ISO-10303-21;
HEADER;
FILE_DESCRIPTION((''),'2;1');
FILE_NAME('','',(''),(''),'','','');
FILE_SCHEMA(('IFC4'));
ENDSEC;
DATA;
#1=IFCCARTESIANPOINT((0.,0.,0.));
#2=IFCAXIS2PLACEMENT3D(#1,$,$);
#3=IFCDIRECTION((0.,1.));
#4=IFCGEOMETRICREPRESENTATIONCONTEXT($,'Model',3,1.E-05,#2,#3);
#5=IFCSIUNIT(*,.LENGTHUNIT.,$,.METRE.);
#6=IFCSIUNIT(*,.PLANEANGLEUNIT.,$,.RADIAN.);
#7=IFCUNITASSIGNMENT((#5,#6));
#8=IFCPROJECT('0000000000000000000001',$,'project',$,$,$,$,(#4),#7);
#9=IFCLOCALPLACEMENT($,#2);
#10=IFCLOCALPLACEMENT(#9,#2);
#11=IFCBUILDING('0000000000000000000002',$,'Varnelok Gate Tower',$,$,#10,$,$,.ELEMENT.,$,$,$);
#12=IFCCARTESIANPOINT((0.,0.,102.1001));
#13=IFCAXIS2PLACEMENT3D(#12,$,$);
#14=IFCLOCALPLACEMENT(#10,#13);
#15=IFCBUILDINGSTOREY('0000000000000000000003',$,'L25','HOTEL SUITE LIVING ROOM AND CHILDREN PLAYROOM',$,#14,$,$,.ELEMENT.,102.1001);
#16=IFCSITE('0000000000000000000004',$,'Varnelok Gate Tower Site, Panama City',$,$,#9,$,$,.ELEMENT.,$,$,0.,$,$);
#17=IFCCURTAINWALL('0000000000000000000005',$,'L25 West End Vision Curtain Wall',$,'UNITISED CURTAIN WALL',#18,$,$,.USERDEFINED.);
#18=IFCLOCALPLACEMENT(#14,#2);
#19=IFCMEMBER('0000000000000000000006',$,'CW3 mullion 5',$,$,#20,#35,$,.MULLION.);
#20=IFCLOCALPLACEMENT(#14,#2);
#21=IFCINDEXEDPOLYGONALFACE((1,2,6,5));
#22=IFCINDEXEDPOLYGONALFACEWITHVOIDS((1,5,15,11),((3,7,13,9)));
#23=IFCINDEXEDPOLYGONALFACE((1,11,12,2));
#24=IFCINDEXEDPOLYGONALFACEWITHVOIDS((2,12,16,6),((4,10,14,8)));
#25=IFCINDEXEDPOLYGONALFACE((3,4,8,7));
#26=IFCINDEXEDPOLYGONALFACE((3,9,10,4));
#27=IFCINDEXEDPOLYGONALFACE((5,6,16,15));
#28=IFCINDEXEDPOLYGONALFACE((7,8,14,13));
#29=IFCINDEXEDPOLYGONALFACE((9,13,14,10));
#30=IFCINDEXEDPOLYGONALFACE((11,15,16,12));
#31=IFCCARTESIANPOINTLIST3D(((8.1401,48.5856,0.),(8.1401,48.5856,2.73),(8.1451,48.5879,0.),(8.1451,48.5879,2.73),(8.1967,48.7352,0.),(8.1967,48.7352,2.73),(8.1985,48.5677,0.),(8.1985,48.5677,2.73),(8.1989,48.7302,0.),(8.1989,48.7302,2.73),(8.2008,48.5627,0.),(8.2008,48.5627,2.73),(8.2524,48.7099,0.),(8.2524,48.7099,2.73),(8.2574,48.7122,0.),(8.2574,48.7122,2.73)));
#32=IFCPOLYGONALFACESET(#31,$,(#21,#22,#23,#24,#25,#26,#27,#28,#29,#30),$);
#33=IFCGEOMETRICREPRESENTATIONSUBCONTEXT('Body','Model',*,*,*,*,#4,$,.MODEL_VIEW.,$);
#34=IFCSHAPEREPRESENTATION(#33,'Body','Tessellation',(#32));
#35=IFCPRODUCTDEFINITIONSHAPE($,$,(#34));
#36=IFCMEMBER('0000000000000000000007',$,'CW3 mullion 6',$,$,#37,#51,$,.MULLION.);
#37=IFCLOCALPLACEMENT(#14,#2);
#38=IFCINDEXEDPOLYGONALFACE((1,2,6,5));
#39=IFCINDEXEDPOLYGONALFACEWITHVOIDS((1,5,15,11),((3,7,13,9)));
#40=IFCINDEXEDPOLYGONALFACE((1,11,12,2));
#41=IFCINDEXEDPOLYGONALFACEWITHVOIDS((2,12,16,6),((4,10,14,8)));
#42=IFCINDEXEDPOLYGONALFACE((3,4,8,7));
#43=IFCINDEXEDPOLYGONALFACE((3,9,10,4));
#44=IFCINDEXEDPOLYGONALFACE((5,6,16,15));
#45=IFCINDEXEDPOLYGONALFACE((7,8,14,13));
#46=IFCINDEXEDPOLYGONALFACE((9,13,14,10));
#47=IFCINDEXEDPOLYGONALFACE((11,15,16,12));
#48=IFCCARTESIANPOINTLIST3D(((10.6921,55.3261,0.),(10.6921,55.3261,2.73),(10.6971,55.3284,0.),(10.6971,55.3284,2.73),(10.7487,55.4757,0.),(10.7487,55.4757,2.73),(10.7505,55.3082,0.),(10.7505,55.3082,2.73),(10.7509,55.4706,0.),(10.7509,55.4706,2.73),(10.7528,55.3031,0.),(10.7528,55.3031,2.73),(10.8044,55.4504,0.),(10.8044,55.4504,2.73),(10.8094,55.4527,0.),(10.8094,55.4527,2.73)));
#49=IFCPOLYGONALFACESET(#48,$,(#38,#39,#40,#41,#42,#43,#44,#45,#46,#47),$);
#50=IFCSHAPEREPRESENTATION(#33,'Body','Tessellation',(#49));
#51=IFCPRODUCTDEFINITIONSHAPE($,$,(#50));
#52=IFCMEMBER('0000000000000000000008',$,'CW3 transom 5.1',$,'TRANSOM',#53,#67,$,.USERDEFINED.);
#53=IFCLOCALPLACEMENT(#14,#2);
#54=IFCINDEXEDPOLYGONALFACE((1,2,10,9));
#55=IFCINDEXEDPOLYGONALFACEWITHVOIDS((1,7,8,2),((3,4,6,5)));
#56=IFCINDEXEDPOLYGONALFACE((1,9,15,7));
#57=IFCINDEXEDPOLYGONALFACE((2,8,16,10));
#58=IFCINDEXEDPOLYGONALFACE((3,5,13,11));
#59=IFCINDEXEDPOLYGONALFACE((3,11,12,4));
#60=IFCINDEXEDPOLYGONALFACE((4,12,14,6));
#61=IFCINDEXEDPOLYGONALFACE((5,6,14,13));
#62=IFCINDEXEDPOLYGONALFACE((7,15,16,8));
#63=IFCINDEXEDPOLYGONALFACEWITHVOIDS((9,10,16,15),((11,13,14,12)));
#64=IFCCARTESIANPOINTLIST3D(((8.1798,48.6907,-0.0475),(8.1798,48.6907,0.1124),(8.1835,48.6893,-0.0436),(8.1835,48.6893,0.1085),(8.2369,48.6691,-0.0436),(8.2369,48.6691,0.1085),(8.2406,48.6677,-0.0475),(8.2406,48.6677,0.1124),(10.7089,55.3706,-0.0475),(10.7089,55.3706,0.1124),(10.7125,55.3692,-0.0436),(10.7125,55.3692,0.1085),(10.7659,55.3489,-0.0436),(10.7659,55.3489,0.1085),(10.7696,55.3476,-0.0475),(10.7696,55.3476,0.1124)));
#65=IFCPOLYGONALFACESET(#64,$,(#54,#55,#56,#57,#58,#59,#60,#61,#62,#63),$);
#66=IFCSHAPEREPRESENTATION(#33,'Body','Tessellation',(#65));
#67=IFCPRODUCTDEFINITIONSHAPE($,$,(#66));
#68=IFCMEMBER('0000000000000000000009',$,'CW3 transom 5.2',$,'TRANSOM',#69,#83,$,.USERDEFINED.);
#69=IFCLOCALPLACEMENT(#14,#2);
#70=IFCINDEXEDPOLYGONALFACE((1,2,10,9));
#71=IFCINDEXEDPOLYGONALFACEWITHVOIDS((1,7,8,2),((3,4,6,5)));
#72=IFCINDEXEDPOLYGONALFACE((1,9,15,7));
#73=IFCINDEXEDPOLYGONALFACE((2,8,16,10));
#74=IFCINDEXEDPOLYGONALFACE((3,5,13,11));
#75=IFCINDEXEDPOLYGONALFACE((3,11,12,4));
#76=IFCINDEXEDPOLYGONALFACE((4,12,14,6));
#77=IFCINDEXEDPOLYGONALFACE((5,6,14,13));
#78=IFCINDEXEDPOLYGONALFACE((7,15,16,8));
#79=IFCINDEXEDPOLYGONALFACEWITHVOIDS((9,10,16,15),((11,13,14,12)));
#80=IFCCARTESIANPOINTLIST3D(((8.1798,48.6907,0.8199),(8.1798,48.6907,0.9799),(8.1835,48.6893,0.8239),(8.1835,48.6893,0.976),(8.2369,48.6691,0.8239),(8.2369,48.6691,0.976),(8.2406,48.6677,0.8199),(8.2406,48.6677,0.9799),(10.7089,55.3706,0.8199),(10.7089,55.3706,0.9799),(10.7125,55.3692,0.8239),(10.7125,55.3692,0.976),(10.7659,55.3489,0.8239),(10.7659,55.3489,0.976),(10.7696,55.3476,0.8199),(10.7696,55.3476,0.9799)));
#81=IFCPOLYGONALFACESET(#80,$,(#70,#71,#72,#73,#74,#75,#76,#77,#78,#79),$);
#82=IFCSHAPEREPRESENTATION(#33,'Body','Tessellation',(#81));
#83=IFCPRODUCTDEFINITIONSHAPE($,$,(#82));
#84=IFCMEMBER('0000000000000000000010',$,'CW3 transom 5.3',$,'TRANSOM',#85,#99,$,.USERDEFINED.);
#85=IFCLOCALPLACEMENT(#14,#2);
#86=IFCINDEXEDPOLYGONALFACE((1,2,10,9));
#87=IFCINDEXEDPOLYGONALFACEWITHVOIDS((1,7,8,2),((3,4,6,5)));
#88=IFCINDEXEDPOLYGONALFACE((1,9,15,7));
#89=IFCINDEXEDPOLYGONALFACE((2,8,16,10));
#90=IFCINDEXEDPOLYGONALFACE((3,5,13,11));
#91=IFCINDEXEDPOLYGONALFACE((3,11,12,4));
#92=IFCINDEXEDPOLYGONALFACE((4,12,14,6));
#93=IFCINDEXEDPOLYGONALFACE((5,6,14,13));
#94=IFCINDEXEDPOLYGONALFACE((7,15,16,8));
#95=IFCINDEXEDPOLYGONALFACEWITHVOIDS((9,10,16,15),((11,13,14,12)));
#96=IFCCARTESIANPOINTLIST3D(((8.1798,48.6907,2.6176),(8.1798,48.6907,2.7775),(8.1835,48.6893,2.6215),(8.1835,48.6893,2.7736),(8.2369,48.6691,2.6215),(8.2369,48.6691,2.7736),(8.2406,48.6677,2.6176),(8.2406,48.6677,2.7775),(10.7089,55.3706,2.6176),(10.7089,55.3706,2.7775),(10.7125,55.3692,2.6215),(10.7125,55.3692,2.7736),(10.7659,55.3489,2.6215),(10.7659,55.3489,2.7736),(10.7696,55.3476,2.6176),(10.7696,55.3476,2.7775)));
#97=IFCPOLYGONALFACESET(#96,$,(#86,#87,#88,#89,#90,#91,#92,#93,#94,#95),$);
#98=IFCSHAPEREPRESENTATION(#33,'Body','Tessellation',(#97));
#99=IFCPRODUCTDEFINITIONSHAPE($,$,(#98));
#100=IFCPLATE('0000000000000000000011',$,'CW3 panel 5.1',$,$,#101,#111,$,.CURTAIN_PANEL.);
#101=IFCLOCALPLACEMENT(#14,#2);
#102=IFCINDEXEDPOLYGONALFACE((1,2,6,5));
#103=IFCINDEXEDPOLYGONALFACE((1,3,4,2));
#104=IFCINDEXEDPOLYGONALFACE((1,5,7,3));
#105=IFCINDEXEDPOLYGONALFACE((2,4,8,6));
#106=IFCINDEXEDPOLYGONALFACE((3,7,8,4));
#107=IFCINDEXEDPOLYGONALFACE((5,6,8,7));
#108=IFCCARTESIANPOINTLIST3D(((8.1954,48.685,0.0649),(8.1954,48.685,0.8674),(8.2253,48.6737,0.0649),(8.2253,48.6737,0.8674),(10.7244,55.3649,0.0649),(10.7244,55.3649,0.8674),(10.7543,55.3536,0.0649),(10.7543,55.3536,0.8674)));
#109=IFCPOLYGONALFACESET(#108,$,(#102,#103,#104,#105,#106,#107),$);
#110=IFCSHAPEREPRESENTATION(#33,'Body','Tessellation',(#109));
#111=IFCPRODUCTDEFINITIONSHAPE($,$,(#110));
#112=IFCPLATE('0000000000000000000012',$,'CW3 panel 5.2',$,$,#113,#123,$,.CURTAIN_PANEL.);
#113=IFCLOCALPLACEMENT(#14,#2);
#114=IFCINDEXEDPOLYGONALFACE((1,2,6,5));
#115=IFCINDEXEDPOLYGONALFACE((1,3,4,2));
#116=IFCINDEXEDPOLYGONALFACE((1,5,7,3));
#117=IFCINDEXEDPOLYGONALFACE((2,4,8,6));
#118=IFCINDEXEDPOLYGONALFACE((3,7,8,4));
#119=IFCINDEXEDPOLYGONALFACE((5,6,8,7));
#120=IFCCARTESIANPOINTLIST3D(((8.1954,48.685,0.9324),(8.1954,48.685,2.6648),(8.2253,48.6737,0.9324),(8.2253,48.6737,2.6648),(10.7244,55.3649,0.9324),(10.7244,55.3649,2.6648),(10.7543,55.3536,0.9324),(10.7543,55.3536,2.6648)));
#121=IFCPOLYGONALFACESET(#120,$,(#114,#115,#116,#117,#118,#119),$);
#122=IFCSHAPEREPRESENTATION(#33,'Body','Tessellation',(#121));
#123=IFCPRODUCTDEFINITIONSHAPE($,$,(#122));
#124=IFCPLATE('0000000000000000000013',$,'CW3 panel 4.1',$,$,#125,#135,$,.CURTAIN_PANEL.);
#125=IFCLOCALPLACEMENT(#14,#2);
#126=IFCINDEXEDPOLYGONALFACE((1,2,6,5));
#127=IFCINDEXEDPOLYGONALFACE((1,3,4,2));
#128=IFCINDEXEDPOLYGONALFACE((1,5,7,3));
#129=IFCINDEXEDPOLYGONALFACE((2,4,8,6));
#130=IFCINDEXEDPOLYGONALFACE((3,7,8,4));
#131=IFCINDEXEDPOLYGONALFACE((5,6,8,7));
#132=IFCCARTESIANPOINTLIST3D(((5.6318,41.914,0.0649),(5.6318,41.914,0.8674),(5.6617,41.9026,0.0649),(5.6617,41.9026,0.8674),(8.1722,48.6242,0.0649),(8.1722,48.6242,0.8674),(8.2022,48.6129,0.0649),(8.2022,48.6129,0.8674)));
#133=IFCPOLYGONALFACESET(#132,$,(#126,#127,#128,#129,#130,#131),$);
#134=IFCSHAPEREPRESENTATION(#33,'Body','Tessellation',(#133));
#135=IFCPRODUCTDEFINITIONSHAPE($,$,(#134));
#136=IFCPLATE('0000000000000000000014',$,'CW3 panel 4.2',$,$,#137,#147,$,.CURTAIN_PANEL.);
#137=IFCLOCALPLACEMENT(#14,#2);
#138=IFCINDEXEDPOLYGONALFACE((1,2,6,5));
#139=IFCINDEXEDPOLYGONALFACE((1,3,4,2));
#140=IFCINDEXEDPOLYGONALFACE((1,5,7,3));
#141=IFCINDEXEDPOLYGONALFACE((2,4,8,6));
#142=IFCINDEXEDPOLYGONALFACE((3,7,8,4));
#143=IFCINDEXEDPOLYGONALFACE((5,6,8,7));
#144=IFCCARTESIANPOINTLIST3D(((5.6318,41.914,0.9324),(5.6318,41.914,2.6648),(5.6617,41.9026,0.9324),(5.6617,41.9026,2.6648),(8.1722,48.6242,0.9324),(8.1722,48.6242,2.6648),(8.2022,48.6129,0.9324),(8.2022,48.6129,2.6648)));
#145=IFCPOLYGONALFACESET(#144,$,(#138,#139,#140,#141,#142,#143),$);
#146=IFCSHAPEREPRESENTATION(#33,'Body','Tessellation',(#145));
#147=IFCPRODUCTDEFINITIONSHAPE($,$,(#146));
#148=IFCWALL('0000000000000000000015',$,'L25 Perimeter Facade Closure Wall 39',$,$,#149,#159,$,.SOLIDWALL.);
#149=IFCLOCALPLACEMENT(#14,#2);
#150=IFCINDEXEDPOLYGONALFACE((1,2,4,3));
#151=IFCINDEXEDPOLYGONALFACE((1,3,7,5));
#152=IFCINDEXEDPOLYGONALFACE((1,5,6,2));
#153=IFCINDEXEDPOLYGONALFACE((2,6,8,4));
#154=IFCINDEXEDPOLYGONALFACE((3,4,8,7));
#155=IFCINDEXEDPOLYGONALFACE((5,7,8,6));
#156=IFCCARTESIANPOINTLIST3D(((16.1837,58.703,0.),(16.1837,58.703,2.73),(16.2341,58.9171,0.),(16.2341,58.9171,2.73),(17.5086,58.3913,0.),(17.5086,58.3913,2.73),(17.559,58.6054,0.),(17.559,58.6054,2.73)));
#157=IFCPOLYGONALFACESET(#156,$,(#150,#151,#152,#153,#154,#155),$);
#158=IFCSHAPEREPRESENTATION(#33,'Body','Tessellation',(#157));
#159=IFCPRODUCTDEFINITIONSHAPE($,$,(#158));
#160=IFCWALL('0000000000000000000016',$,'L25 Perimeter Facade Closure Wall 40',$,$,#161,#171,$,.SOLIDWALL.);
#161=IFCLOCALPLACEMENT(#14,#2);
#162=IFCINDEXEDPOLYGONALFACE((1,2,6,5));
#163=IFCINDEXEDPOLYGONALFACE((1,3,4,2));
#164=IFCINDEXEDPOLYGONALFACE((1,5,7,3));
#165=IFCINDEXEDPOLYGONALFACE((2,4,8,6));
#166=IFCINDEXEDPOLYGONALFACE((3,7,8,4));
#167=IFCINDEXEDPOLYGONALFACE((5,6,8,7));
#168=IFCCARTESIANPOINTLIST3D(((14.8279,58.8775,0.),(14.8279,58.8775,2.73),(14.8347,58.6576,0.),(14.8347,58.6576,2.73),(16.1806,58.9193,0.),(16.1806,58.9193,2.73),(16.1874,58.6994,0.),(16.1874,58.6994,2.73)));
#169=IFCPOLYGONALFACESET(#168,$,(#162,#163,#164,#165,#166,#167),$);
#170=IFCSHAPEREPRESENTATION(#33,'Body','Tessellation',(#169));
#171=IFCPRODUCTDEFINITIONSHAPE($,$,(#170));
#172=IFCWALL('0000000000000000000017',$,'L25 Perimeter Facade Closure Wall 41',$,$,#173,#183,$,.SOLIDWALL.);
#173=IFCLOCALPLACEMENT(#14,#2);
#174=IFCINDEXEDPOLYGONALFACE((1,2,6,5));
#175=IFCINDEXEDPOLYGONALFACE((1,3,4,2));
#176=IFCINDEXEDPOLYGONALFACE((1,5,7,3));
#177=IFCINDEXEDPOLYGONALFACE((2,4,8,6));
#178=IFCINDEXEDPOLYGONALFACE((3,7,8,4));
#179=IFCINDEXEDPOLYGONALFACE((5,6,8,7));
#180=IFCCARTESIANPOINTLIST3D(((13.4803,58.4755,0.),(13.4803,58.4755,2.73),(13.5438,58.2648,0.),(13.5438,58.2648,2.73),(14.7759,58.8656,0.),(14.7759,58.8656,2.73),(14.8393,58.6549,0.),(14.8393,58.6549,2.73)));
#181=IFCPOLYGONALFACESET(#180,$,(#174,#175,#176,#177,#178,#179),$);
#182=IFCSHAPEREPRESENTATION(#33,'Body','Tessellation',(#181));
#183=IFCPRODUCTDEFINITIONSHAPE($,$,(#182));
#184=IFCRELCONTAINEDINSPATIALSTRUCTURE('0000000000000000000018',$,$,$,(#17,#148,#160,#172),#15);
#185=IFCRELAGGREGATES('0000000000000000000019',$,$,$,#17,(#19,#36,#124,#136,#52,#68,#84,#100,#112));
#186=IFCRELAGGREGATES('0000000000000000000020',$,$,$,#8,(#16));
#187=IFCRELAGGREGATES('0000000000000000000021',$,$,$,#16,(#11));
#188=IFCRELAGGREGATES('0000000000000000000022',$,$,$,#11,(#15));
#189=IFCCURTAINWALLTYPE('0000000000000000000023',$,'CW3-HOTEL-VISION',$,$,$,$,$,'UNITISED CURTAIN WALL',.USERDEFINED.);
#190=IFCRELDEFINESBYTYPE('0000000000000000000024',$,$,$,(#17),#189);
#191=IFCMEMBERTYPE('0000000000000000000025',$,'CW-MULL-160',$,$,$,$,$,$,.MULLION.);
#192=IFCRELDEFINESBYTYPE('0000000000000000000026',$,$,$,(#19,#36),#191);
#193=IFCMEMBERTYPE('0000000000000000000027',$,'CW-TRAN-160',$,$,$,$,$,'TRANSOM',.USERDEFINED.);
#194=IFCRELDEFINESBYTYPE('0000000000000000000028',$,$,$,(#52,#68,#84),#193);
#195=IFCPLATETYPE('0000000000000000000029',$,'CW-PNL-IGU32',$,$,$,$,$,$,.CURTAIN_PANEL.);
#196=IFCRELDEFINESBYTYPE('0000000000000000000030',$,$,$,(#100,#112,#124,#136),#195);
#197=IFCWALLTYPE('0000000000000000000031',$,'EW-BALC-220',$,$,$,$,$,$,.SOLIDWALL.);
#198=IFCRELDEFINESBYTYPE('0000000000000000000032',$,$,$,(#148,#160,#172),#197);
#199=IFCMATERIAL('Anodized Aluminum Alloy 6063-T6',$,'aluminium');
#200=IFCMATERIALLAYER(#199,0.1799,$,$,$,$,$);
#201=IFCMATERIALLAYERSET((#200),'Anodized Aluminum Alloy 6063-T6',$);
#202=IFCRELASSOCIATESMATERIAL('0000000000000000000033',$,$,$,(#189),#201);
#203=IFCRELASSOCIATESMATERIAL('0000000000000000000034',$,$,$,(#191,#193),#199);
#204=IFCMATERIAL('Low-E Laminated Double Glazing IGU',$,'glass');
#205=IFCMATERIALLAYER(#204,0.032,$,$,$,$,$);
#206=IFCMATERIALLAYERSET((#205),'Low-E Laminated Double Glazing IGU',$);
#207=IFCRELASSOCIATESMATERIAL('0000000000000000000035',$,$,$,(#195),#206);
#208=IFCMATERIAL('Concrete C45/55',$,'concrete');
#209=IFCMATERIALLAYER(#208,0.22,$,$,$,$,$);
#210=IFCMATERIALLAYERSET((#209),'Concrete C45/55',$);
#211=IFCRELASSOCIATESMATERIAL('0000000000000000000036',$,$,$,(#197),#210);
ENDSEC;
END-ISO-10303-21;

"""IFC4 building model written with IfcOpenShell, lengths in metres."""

from ifc_helpers import new_model, si_unit, direction, frame, frame_2d, origin, origin_2d, place, context, subcontext, project, spatial, rectangle, hollow_rectangle, extrude, source, transform, mapped, material, layer, layer_set, material_profile, profile_set, type_object, element, aggregate, save


model = new_model("IFC4")

# Units and contexts
model_context = context("Model", 3, precision=1e-05, world=origin(), true_north=direction((0.0, 1.0)))
body_context = subcontext(model_context, "Body", "Model", "MODEL_VIEW")
ifc_project = project(units=[si_unit("LENGTHUNIT", "METRE"), si_unit("PLANEANGLEUNIT", "RADIAN")], contexts=[model_context])

# Site, building, storey
site_placement = place(None, origin())
site = spatial("IfcSite", under=ifc_project, at=site_placement, Name="Varnelok Gate Tower Site, Panama City", CompositionType="ELEMENT", RefElevation=0.0)
building_placement = place(site_placement, origin())
building = spatial("IfcBuilding", under=site, at=building_placement, Name="Varnelok Gate Tower", CompositionType="ELEMENT")
storey_placement = place(building_placement, frame((0.0, 0.0, 102.1001)))
storey = spatial("IfcBuildingStorey", under=building, at=storey_placement, Name="L25", Description="HOTEL SUITE LIVING ROOM AND CHILDREN PLAYROOM", CompositionType="ELEMENT", Elevation=102.1001)

# Curtain wall, members, plates
ifc_material_1 = material(Name="Anodized Aluminum Alloy 6063-T6", Category="aluminium")
ifc_layer_1 = layer(ifc_material_1, 0.1799)
ifc_layer_set_1 = layer_set([ifc_layer_1], Name="Anodized Aluminum Alloy 6063-T6")
curtain_wall_type = type_object("IfcCurtainWallType", Name="CW3-HOTEL-VISION", ElementType="UNITISED CURTAIN WALL", PredefinedType="USERDEFINED", material=ifc_layer_set_1)
curtain_wall_placement = place(storey_placement, origin())
curtain_wall = element("IfcCurtainWall", 1, at=curtain_wall_placement, inside=storey, type_object=curtain_wall_type, Name="L25 West End Vision Curtain Wall", ObjectType="UNITISED CURTAIN WALL", PredefinedType="USERDEFINED")
ifc_material_profile_1 = material_profile(ifc_material_1, hollow_rectangle(XDim=0.0649, YDim=0.1599, WallThickness=0.0039, at=origin_2d()), Name="ALU160X65X4")
ifc_profile_set_1 = profile_set([ifc_material_profile_1], Name="Anodized Aluminum Alloy 6063-T6")
member_type_1 = type_object("IfcMemberType", Name="CW-MULL-160", PredefinedType="MULLION", material=ifc_profile_set_1)
member_1_placement = place(storey_placement, frame((8.1987, 48.6489, 0.0), z_axis=(0.0, 0.0, 1.0), x_axis=(-0.935221, 0.354064, 0.0)))
member_1 = element("IfcMember", 2, at=member_1_placement, type_object=member_type_1, Name="CW3 mullion 5", PredefinedType="MULLION", context=body_context, shape_type="SweptSolid", body=[
    extrude(hollow_rectangle(XDim=0.0649, YDim=0.1599, WallThickness=0.0039, at=origin_2d()), origin(), (0.0, 0.0, 1.0), 2.73),
])
member_2_placement = place(storey_placement, frame((10.7507, 55.3894, 0.0), z_axis=(0.0, 0.0, 1.0), x_axis=(-0.935221, 0.354064, 0.0)))
member_2 = element("IfcMember", 3, at=member_2_placement, type_object=member_type_1, Name="CW3 mullion 6", PredefinedType="MULLION", context=body_context, shape_type="SweptSolid", body=[
    extrude(hollow_rectangle(XDim=0.0649, YDim=0.1599, WallThickness=0.0039, at=origin_2d()), origin(), (0.0, 0.0, 1.0), 2.73),
])
ifc_material_profile_2 = material_profile(ifc_material_1, hollow_rectangle(XDim=0.0649, YDim=0.1599, WallThickness=0.0039, at=origin_2d()), Name="ALU160X65X4")
ifc_profile_set_2 = profile_set([ifc_material_profile_2], Name="Anodized Aluminum Alloy 6063-T6")
member_type_2 = type_object("IfcMemberType", Name="CW-TRAN-160", ElementType="TRANSOM", PredefinedType="USERDEFINED", material=ifc_profile_set_2)
member_3_placement = place(storey_placement, frame((8.2102, 48.6792, 0.0325), z_axis=(0.354077, 0.935216, 0.0), x_axis=(-0.935216, 0.354077, 0.0)))
member_3 = element("IfcMember", 4, at=member_3_placement, type_object=member_type_2, Name="CW3 transom 5.1", ObjectType="TRANSOM", PredefinedType="USERDEFINED", context=body_context, shape_type="SweptSolid", body=[
    extrude(hollow_rectangle(XDim=0.0649, YDim=0.1599, WallThickness=0.0039, at=origin_2d()), origin(), (0.0, 0.0, 1.0), 7.1426),
])
member_4_placement = place(storey_placement, frame((8.2102, 48.6792, 0.8999), z_axis=(0.354077, 0.935216, 0.0), x_axis=(-0.935216, 0.354077, 0.0)))
member_4 = element("IfcMember", 5, at=member_4_placement, type_object=member_type_2, Name="CW3 transom 5.2", ObjectType="TRANSOM", PredefinedType="USERDEFINED", context=body_context, shape_type="SweptSolid", body=[
    extrude(hollow_rectangle(XDim=0.0649, YDim=0.1599, WallThickness=0.0039, at=origin_2d()), origin(), (0.0, 0.0, 1.0), 7.1426),
])
member_5_placement = place(storey_placement, frame((8.2102, 48.6792, 2.6975), z_axis=(0.354077, 0.935216, 0.0), x_axis=(-0.935216, 0.354077, 0.0)))
member_5 = element("IfcMember", 6, at=member_5_placement, type_object=member_type_2, Name="CW3 transom 5.3", ObjectType="TRANSOM", PredefinedType="USERDEFINED", context=body_context, shape_type="SweptSolid", body=[
    extrude(hollow_rectangle(XDim=0.0649, YDim=0.1599, WallThickness=0.0039, at=origin_2d()), origin(), (0.0, 0.0, 1.0), 7.1426),
])
ifc_material_2 = material(Name="Low-E Laminated Double Glazing IGU", Category="glass")
ifc_layer_2 = layer(ifc_material_2, 0.032)
ifc_layer_set_2 = layer_set([ifc_layer_2], Name="Low-E Laminated Double Glazing IGU")
plate_type = type_object("IfcPlateType", Name="CW-PNL-IGU32", PredefinedType="CURTAIN_PANEL", material=ifc_layer_set_2)
shared_shape_1 = source(origin(), body_context, "Body", "SweptSolid", [
    extrude(rectangle(XDim=7.1426, YDim=0.032, at=origin_2d()), origin(), (0.0, 0.0, 1.0), 0.8025),
])
plate_1_placement = place(storey_placement, frame((9.4749, 52.0193, 0.0649), z_axis=(0.0, 0.0, 1.0), x_axis=(0.354064, 0.935221, 0.0)))
plate_1 = element("IfcPlate", 7, at=plate_1_placement, type_object=plate_type, Name="CW3 panel 5.1", PredefinedType="CURTAIN_PANEL", context=body_context, shape_type="MappedRepresentation", body=[
    mapped(shared_shape_1, transform((0.0, 0.0, 0.0), scale=1.0)),
])
shared_shape_2 = source(origin(), body_context, "Body", "SweptSolid", [
    extrude(rectangle(XDim=7.1426, YDim=0.032, at=origin_2d()), origin(), (0.0, 0.0, 1.0), 1.7324),
])
plate_2_placement = place(storey_placement, frame((9.4749, 52.0193, 0.9324), z_axis=(0.0, 0.0, 1.0), x_axis=(0.354064, 0.935221, 0.0)))
plate_2 = element("IfcPlate", 8, at=plate_2_placement, type_object=plate_type, Name="CW3 panel 5.2", PredefinedType="CURTAIN_PANEL", context=body_context, shape_type="MappedRepresentation", body=[
    mapped(shared_shape_2, transform((0.0, 0.0, 0.0), scale=1.0)),
])
shared_shape_3 = source(origin(), body_context, "Body", "SweptSolid", [
    extrude(rectangle(XDim=7.175, YDim=0.032, at=origin_2d()), origin(), (0.0, 0.0, 1.0), 0.8025),
])
plate_3_placement = place(storey_placement, frame((6.917, 45.2634, 0.0649), z_axis=(0.0, 0.0, 1.0), x_axis=(0.354064, 0.935221, 0.0)))
plate_3 = element("IfcPlate", 9, at=plate_3_placement, type_object=plate_type, Name="CW3 panel 4.1", PredefinedType="CURTAIN_PANEL", context=body_context, shape_type="MappedRepresentation", body=[
    mapped(shared_shape_3, transform((0.0, 0.0, 0.0), scale=1.0)),
])
shared_shape_4 = source(origin(), body_context, "Body", "SweptSolid", [
    extrude(rectangle(XDim=7.175, YDim=0.032, at=origin_2d()), origin(), (0.0, 0.0, 1.0), 1.7324),
])
plate_4_placement = place(storey_placement, frame((6.917, 45.2634, 0.9324), z_axis=(0.0, 0.0, 1.0), x_axis=(0.354064, 0.935221, 0.0)))
plate_4 = element("IfcPlate", 10, at=plate_4_placement, type_object=plate_type, Name="CW3 panel 4.2", PredefinedType="CURTAIN_PANEL", context=body_context, shape_type="MappedRepresentation", body=[
    mapped(shared_shape_4, transform((0.0, 0.0, 0.0), scale=1.0)),
])
aggregate(curtain_wall, [member_1, member_2, plate_3, plate_4, member_3, member_4, member_5, plate_1, plate_2])

# Walls
ifc_material_3 = material(Name="Concrete C45/55", Category="concrete")
ifc_layer_3 = layer(ifc_material_3, 0.22)
ifc_layer_set_3 = layer_set([ifc_layer_3], Name="Concrete C45/55")
wall_type_1 = type_object("IfcWallType", Name="EW-BALC-220", PredefinedType="SOLIDWALL", material=ifc_layer_set_3)
wall_1_placement = place(storey_placement, frame((17.5339, 58.4983, 0.0), z_axis=(0.0, 0.0, 1.0), x_axis=(-0.973415, 0.229049, 0.0)))
element("IfcWall", 11, at=wall_1_placement, inside=storey, type_object=wall_type_1, Name="L25 Perimeter Facade Closure Wall 39", PredefinedType="SOLIDWALL", context=body_context, shape_type="SweptSolid", body=[
    extrude(rectangle(XDim=1.3611, YDim=0.22, at=frame_2d((0.6807, 0.0))), origin(), (0.0, 0.0, 1.0), 2.73),
])
wall_2_placement = place(storey_placement, frame((16.1841, 58.8093, 0.0), z_axis=(0.0, 0.0, 1.0), x_axis=(-0.999524, -0.030852, 0.0)))
element("IfcWall", 12, at=wall_2_placement, inside=storey, type_object=wall_type_1, Name="L25 Perimeter Facade Closure Wall 40", PredefinedType="SOLIDWALL", context=body_context, shape_type="SweptSolid", body=[
    extrude(rectangle(XDim=1.3533, YDim=0.22, at=frame_2d((0.6768, 0.0))), origin(), (0.0, 0.0, 1.0), 2.73),
])
for number, where, z_axis, x_axis, name in (
    (13, (14.8076, 58.7603, 0.0), (0.0, 0.0, 1.0), (-0.957533, -0.288324, 0.0), "L25 Perimeter Facade Closure Wall 41"),
):
    element("IfcWall", number, at=place(storey_placement, frame(where, z_axis=z_axis, x_axis=x_axis)), inside=storey, type_object=wall_type_1, Name=name, PredefinedType="SOLIDWALL", context=body_context, shape_type="SweptSolid", body=[
        extrude(rectangle(XDim=1.353, YDim=0.22, at=frame_2d((0.6765, 0.0))), origin(), (0.0, 0.0, 1.0), 2.73),
    ])

save(model, "model.ifc")
